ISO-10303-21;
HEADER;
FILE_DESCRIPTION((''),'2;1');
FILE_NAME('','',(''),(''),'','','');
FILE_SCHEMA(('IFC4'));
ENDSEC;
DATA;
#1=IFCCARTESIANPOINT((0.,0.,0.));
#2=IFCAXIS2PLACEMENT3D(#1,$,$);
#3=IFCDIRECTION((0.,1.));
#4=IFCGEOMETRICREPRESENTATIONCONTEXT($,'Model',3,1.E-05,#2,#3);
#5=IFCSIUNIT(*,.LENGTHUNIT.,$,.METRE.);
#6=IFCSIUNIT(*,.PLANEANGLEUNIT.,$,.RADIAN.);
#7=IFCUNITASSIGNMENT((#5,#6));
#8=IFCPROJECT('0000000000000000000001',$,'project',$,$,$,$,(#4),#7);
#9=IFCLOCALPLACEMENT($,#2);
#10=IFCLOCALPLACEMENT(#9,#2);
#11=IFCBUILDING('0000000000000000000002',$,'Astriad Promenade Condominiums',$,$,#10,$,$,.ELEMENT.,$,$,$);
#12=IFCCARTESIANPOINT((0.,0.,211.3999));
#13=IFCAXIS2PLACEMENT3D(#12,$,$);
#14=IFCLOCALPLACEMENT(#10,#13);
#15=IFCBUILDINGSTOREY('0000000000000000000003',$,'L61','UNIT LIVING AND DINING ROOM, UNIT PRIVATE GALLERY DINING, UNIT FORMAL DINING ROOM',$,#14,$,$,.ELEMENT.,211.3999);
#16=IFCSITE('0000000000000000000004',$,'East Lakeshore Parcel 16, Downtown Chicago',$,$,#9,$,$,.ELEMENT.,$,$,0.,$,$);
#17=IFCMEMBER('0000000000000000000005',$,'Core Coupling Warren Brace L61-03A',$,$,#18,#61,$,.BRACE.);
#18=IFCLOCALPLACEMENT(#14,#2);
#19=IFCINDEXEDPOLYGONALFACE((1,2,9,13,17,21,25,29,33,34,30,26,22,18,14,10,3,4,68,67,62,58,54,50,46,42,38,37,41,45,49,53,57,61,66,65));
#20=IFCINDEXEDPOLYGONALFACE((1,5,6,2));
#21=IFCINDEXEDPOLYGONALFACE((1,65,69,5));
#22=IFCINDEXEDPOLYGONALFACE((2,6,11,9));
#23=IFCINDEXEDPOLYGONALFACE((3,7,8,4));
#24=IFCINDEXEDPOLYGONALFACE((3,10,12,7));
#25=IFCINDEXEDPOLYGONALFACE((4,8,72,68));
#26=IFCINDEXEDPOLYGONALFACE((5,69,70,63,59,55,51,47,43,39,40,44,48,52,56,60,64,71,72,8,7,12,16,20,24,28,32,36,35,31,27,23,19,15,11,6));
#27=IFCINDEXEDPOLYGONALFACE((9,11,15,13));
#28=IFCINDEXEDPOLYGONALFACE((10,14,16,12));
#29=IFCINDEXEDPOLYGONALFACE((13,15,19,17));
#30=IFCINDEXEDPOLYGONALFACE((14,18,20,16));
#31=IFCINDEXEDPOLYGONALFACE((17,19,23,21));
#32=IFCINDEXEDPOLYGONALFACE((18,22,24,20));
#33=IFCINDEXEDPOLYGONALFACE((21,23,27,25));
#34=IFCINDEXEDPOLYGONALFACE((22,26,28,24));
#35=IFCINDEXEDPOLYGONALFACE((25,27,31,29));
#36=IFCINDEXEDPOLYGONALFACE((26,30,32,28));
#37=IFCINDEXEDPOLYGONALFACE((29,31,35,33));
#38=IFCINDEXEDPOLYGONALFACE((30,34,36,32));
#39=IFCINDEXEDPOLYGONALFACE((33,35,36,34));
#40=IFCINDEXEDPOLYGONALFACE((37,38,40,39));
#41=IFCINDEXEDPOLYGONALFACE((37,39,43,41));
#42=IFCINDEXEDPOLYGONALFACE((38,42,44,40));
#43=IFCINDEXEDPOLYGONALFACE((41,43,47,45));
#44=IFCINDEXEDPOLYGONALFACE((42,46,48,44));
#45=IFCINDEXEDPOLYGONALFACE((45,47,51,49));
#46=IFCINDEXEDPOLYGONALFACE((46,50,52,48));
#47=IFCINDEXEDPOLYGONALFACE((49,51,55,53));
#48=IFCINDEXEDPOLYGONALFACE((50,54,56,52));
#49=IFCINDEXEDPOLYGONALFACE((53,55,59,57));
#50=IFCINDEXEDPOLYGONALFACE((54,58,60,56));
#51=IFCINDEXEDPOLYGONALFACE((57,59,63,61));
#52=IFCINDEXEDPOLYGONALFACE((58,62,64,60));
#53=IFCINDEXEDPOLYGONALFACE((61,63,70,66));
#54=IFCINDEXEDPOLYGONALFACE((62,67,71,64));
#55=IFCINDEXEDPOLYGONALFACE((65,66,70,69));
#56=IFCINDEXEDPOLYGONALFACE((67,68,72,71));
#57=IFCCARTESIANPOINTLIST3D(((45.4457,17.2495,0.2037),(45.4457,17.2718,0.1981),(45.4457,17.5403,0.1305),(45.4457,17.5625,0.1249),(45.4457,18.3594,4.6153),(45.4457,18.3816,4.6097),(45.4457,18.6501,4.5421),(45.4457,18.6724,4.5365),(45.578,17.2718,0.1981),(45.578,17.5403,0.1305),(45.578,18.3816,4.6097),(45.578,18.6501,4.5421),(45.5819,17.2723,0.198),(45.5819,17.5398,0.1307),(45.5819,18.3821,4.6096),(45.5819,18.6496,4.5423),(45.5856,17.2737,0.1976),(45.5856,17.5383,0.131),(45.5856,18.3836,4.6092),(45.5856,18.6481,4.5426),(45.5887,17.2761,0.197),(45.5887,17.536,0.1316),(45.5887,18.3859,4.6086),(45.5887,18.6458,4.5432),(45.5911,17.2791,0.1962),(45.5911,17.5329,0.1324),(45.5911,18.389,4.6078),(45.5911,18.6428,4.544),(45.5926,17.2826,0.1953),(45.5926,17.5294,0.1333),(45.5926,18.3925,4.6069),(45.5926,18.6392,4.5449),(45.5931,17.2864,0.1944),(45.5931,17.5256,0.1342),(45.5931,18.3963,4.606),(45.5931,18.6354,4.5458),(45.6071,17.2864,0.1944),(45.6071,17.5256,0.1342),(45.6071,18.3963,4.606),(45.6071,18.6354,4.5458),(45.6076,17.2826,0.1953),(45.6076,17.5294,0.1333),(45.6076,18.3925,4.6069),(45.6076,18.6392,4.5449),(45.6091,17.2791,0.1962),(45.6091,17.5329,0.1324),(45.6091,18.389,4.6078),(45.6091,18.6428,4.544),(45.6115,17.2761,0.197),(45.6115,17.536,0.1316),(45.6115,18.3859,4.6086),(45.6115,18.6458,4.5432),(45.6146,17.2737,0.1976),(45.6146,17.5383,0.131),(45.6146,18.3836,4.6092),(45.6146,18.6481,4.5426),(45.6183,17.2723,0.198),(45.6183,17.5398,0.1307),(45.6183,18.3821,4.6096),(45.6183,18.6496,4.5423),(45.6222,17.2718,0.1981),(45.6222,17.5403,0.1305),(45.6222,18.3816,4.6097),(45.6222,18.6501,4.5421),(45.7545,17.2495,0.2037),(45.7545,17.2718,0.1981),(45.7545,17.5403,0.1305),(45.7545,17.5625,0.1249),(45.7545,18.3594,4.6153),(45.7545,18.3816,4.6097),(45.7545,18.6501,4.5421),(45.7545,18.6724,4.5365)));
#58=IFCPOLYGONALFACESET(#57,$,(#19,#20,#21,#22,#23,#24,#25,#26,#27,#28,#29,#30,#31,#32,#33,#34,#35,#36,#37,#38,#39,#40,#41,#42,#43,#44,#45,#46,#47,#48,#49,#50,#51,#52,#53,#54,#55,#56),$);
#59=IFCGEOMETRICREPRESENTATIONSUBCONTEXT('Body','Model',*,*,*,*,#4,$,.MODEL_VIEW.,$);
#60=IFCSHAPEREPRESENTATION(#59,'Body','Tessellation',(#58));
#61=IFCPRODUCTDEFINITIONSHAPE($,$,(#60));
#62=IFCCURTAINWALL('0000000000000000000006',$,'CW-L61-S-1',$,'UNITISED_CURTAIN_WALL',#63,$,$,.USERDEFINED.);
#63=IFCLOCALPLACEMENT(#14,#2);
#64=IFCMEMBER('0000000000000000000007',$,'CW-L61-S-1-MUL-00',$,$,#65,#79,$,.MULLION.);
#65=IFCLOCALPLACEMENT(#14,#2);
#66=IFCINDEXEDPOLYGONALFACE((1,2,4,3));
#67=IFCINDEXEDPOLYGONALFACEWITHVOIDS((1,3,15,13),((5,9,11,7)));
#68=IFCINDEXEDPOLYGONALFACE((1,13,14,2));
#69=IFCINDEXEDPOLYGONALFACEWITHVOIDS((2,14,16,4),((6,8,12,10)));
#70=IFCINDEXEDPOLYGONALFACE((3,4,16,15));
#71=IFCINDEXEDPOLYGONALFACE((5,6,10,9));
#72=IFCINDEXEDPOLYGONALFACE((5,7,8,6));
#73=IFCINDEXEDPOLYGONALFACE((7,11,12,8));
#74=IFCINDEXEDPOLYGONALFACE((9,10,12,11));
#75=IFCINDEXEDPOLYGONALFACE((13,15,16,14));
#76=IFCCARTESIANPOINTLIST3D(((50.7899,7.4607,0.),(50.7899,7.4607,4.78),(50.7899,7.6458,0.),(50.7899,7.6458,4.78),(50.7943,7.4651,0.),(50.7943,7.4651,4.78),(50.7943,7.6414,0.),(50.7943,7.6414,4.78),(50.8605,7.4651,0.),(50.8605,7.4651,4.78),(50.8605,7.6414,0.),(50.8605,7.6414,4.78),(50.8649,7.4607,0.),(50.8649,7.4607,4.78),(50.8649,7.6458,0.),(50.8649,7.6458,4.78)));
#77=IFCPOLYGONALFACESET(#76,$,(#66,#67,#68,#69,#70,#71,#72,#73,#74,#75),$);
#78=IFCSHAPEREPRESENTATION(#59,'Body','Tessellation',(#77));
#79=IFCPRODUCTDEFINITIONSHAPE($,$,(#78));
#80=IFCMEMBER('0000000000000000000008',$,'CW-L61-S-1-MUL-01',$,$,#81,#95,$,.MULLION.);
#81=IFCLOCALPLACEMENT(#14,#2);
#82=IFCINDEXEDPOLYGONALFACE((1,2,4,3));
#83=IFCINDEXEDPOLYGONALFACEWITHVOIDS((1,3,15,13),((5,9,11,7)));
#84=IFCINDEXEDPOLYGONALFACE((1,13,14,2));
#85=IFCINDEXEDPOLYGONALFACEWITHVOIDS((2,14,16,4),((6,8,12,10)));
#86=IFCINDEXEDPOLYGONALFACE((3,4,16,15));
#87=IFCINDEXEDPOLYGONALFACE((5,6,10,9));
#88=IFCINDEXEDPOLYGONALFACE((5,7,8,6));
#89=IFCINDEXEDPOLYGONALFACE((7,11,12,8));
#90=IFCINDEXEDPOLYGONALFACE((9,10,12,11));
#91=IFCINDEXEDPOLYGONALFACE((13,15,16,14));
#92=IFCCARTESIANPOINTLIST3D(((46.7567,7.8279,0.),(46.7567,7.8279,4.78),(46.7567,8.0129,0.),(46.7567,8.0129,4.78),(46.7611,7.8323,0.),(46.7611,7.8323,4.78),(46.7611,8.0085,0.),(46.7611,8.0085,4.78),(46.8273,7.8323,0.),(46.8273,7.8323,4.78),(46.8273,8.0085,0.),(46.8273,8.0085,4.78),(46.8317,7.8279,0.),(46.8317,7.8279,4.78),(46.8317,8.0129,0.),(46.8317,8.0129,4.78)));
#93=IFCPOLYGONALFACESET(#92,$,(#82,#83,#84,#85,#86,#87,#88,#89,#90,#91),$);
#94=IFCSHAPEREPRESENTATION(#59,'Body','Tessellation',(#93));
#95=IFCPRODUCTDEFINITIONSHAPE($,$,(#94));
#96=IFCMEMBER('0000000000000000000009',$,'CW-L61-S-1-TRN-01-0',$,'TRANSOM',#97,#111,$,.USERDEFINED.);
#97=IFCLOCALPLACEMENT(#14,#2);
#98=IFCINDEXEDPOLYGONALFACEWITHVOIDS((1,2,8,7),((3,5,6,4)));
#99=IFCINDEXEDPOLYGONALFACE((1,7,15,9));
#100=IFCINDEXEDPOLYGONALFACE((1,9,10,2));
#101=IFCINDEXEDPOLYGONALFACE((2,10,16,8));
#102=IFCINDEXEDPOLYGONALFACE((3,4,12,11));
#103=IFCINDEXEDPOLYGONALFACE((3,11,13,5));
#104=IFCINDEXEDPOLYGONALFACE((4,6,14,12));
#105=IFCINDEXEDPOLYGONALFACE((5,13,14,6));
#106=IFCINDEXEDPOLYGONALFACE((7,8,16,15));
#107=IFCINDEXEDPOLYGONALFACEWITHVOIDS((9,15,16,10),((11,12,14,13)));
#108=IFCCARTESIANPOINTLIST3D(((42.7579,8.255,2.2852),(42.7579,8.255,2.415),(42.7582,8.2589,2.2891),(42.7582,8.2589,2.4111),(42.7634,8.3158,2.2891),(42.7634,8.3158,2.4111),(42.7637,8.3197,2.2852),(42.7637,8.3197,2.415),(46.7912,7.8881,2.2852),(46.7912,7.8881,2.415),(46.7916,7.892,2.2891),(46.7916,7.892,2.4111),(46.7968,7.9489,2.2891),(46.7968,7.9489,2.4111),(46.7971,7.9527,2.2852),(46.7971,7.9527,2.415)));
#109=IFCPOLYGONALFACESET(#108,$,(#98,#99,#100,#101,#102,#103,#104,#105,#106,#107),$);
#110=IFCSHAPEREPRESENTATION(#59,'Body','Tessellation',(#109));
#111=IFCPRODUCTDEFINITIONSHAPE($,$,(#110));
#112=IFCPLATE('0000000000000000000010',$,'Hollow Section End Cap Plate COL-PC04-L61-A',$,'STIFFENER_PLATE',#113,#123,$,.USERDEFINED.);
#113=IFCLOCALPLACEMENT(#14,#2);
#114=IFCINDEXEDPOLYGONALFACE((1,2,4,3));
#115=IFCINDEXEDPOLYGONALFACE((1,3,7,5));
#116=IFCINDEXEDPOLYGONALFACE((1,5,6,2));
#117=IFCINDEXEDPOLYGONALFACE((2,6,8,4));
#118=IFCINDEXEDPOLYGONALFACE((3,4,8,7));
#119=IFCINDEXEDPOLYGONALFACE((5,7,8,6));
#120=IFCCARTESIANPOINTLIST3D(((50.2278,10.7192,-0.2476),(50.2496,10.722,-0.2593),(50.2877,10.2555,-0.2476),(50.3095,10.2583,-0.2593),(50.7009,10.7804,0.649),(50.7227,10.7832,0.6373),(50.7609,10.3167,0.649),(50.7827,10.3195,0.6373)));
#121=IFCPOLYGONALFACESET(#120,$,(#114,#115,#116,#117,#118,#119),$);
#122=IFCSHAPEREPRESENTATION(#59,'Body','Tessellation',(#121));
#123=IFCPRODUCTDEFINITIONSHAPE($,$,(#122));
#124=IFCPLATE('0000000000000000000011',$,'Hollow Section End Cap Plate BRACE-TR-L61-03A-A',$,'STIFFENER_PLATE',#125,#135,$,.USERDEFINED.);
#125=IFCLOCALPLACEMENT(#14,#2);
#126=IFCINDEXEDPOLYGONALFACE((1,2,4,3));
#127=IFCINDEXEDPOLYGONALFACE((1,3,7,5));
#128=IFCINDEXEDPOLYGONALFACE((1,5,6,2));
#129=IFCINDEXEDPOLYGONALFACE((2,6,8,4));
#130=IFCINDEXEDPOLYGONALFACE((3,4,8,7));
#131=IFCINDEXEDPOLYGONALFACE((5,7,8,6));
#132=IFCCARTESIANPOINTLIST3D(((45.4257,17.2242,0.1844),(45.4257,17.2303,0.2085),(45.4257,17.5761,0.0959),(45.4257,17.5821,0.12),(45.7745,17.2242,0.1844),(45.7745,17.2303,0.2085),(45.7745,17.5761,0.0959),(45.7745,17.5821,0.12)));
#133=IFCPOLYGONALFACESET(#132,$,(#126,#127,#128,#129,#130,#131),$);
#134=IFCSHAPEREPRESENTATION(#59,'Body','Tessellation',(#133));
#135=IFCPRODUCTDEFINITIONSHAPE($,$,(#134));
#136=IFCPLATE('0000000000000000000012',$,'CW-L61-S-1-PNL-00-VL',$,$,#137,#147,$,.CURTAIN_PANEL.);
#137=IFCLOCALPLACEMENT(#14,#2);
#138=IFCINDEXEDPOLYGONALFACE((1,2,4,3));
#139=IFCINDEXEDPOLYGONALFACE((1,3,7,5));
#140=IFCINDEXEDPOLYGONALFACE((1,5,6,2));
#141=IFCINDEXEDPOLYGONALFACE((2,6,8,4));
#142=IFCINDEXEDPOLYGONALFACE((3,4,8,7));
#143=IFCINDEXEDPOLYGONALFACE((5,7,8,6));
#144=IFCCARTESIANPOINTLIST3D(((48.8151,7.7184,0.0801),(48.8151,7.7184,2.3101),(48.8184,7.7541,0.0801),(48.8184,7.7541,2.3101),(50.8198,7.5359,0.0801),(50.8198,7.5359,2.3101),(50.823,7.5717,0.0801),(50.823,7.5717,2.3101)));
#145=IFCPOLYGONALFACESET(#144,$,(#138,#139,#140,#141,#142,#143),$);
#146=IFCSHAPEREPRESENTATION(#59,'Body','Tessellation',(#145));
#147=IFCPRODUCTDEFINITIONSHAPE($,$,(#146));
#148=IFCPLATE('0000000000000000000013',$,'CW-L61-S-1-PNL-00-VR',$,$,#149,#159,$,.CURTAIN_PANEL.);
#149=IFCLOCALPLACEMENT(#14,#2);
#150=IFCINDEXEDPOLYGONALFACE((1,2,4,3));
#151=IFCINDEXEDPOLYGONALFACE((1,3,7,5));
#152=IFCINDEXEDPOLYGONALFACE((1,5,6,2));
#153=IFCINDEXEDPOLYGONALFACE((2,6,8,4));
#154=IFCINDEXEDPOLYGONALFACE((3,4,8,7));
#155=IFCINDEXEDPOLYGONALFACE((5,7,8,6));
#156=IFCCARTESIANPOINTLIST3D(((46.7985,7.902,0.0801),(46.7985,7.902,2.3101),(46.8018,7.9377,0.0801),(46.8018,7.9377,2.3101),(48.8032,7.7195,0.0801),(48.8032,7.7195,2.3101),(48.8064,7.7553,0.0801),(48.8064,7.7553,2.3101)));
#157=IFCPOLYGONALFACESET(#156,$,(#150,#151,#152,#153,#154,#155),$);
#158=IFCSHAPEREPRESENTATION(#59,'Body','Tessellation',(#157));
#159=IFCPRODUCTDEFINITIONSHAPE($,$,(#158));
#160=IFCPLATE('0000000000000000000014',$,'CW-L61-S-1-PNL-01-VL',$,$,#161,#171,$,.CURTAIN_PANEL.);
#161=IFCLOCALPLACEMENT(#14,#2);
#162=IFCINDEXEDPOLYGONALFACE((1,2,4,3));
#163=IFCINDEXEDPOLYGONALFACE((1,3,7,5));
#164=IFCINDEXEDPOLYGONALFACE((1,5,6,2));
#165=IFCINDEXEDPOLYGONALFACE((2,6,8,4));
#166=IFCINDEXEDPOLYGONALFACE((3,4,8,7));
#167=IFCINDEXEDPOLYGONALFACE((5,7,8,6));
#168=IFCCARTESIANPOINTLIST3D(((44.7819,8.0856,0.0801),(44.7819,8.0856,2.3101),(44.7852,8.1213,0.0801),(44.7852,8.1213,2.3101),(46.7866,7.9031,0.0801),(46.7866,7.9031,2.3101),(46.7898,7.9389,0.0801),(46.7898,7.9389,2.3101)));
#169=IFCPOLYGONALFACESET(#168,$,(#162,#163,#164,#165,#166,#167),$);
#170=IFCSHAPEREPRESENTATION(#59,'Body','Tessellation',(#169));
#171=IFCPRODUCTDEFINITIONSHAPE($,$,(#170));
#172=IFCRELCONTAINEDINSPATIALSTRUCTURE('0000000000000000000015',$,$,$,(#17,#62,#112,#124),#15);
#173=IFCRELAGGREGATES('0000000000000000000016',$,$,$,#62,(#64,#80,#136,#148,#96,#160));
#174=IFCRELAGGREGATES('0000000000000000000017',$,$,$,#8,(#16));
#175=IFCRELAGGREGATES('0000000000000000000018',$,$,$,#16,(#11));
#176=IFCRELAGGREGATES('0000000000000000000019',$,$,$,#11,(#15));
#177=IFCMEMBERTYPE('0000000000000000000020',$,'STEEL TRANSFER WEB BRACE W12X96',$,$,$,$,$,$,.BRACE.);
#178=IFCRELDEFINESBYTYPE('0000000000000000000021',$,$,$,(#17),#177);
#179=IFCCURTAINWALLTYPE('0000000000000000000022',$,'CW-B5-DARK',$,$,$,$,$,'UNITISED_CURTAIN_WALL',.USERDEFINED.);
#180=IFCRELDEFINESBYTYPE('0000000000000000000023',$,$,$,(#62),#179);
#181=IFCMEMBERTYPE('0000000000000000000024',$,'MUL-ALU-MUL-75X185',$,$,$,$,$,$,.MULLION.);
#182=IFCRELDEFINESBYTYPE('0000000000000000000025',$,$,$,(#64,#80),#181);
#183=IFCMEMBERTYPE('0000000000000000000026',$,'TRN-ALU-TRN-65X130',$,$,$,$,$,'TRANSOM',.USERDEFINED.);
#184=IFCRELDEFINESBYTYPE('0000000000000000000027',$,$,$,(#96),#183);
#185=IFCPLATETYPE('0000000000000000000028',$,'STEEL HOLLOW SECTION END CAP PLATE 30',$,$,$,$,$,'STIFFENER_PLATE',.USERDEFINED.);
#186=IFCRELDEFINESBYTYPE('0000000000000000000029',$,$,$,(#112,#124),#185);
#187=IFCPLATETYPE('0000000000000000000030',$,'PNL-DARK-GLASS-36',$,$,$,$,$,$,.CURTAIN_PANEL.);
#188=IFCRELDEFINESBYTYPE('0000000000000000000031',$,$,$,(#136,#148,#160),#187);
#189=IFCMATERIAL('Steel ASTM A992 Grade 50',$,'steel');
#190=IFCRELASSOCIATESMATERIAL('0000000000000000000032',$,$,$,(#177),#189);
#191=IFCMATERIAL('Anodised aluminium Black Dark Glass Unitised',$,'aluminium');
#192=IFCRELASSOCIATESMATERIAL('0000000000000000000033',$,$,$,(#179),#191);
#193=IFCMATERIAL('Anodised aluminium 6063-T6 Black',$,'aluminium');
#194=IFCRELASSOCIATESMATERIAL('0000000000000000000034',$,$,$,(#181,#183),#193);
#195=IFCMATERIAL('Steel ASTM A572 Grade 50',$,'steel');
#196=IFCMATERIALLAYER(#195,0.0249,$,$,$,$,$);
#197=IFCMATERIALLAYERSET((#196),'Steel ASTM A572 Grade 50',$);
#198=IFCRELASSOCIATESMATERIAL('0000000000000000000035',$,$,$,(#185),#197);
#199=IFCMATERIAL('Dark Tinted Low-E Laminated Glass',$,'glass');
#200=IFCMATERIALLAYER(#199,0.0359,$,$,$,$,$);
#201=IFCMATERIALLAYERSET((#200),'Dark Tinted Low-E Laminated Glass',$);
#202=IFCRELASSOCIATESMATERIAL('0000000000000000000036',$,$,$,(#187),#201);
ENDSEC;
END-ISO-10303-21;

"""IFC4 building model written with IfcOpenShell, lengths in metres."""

from ifc_helpers import new_model, si_unit, direction, frame, origin, origin_2d, place, context, subcontext, project, spatial, rectangle, hollow_rectangle, i_section, extrude, source, transform, mapped, material, layer, layer_set, material_profile, profile_set, type_object, type_shapes, element, aggregate, save


model = new_model("IFC4")

# Units and contexts
model_context = context("Model", 3, precision=1e-05, world=origin(), true_north=direction((0.0, 1.0)))
body_context = subcontext(model_context, "Body", "Model", "MODEL_VIEW")
ifc_project = project(units=[si_unit("LENGTHUNIT", "METRE"), si_unit("PLANEANGLEUNIT", "RADIAN")], contexts=[model_context])

# Site, building, storey
site_placement = place(None, origin())
site = spatial("IfcSite", under=ifc_project, at=site_placement, Name="East Lakeshore Parcel 16, Downtown Chicago", CompositionType="ELEMENT", RefElevation=0.0)
building_placement = place(site_placement, origin())
building = spatial("IfcBuilding", under=site, at=building_placement, Name="Astriad Promenade Condominiums", CompositionType="ELEMENT")
storey_placement = place(building_placement, frame((0.0, 0.0, 211.3999)))
storey = spatial("IfcBuildingStorey", under=building, at=storey_placement, Name="L61", Description="UNIT LIVING AND DINING ROOM, UNIT PRIVATE GALLERY DINING, UNIT FORMAL DINING ROOM", CompositionType="ELEMENT", Elevation=211.3999)

# Shared definitions
ifc_material_1 = material(Name="Steel ASTM A992 Grade 50", Category="steel")

# Member
ifc_material_profile_1 = material_profile(ifc_material_1, i_section(OverallWidth=0.3088, OverallDepth=0.3228, WebThickness=0.0139, FlangeThickness=0.0229, FilletRadius=0.0151, at=origin_2d()), Name="W12X96")
ifc_profile_set_1 = profile_set([ifc_material_profile_1], Name="Steel ASTM A992 Grade 50")
member_type_1 = type_object("IfcMemberType", Name="STEEL TRANSFER WEB BRACE W12X96", PredefinedType="BRACE", material=ifc_profile_set_1)
shared_shape_1 = source(origin(), body_context, "Body", "SweptSolid", [
    extrude(i_section(OverallWidth=0.3088, OverallDepth=0.3228, WebThickness=0.0139, FlangeThickness=0.0229, FilletRadius=0.0151, at=origin_2d()), origin(), (0.0, 0.0, 1.0), 4.5491),
])
type_shapes(member_type_1, [shared_shape_1])
member_1_placement = place(storey_placement, frame((45.6001, 17.406, 0.1643), z_axis=(0.0, 0.243975, 0.969782), x_axis=(-1.0, 0.0, 0.0)))
element("IfcMember", 1, at=member_1_placement, inside=storey, type_object=member_type_1, Name="Core Coupling Warren Brace L61-03A", PredefinedType="BRACE", context=body_context, shape_type="MappedRepresentation", body=[
    mapped(shared_shape_1, transform((0.0, 0.0, 0.0), scale=1.0)),
])

# Curtain wall, members
ifc_material_2 = material(Name="Anodised aluminium Black Dark Glass Unitised", Category="aluminium")
curtain_wall_type = type_object("IfcCurtainWallType", Name="CW-B5-DARK", ElementType="UNITISED_CURTAIN_WALL", PredefinedType="USERDEFINED", material=ifc_material_2)
curtain_wall_placement = place(storey_placement, origin())
curtain_wall = element("IfcCurtainWall", 2, at=curtain_wall_placement, inside=storey, type_object=curtain_wall_type, Name="CW-L61-S-1", ObjectType="UNITISED_CURTAIN_WALL", PredefinedType="USERDEFINED")
ifc_material_3 = material(Name="Anodised aluminium 6063-T6 Black", Category="aluminium")
ifc_material_profile_2 = material_profile(ifc_material_3, hollow_rectangle(XDim=0.075, YDim=0.1851, WallThickness=0.0044, at=origin_2d()), Name="ALU-MUL-75X185")
ifc_profile_set_2 = profile_set([ifc_material_profile_2], Name="Anodised aluminium 6063-T6 Black")
member_type_2 = type_object("IfcMemberType", Name="MUL-ALU-MUL-75X185", PredefinedType="MULLION", material=ifc_profile_set_2)
shared_shape_2 = source(origin(), body_context, "Body", "SweptSolid", [
    extrude(hollow_rectangle(XDim=0.075, YDim=0.1851, WallThickness=0.0044, at=origin_2d()), origin(), (0.0, 0.0, 1.0), 4.78),
])
type_shapes(member_type_2, [shared_shape_2])
member_2_placement = place(storey_placement, frame((50.8274, 7.5532, 0.0), z_axis=(0.0, 0.0, 1.0), x_axis=(1.0, 0.0, 0.0)))
member_2 = element("IfcMember", 3, at=member_2_placement, type_object=member_type_2, Name="CW-L61-S-1-MUL-00", PredefinedType="MULLION", context=body_context, shape_type="MappedRepresentation", body=[
    mapped(shared_shape_2, transform((0.0, 0.0, 0.0), scale=1.0)),
])
member_3_placement = place(storey_placement, frame((46.7942, 7.9204, 0.0), z_axis=(0.0, 0.0, 1.0), x_axis=(1.0, 0.0, 0.0)))
member_3 = element("IfcMember", 4, at=member_3_placement, type_object=member_type_2, Name="CW-L61-S-1-MUL-01", PredefinedType="MULLION", context=body_context, shape_type="MappedRepresentation", body=[
    mapped(shared_shape_2, transform((0.0, 0.0, 0.0), scale=1.0)),
])
ifc_material_profile_3 = material_profile(ifc_material_3, hollow_rectangle(XDim=0.0649, YDim=0.1299, WallThickness=0.0039, at=origin_2d()), Name="ALU-TRN-65X130")
ifc_profile_set_3 = profile_set([ifc_material_profile_3], Name="Anodised aluminium 6063-T6 Black")
member_type_3 = type_object("IfcMemberType", Name="TRN-ALU-TRN-65X130", ElementType="TRANSOM", PredefinedType="USERDEFINED", material=ifc_profile_set_3)
shared_shape_3 = source(origin(), body_context, "Body", "SweptSolid", [
    extrude(hollow_rectangle(XDim=0.0649, YDim=0.1299, WallThickness=0.0039, at=origin_2d()), origin(), (0.0, 0.0, 1.0), 4.05),
])
type_shapes(member_type_3, [shared_shape_3])
member_4_placement = place(storey_placement, frame((46.7942, 7.9204, 2.3501), z_axis=(-0.995887, 0.090601, 0.0), x_axis=(-0.090601, -0.995887, 0.0)))
member_4 = element("IfcMember", 5, at=member_4_placement, type_object=member_type_3, Name="CW-L61-S-1-TRN-01-0", ObjectType="TRANSOM", PredefinedType="USERDEFINED", context=body_context, shape_type="MappedRepresentation", body=[
    mapped(shared_shape_3, transform((0.0, 0.0, 0.0), scale=1.0)),
])

# Plates
ifc_material_4 = material(Name="Steel ASTM A572 Grade 50", Category="steel")
ifc_layer_1 = layer(ifc_material_4, 0.0249)
ifc_layer_set_1 = layer_set([ifc_layer_1], Name="Steel ASTM A572 Grade 50")
plate_type_1 = type_object("IfcPlateType", Name="STEEL HOLLOW SECTION END CAP PLATE 30", ElementType="STIFFENER_PLATE", PredefinedType="USERDEFINED", material=ifc_layer_set_1)
shared_shape_4 = source(origin(), body_context, "Body", "SweptSolid", [
    extrude(rectangle(XDim=0.4675, YDim=1.0156, at=origin_2d()), origin(), (0.0, 0.0, 1.0), 0.0249),
])
plate_1_placement = place(storey_placement, frame((50.5161, 10.5208, 0.189), z_axis=(-0.875511, -0.113195, 0.469753), x_axis=(0.128223, -0.991745, 0.0)))
element("IfcPlate", 6, at=plate_1_placement, inside=storey, type_object=plate_type_1, Name="Hollow Section End Cap Plate COL-PC04-L61-A", ObjectType="STIFFENER_PLATE", PredefinedType="USERDEFINED", context=body_context, shape_type="MappedRepresentation", body=[
    mapped(shared_shape_4, transform((0.0, 0.0, 0.0), scale=1.0)),
])
shared_shape_5 = source(origin(), body_context, "Body", "SweptSolid", [
    extrude(rectangle(XDim=0.3489, YDim=0.3628, at=origin_2d()), origin(), (0.0, 0.0, 1.0), 0.0249),
])
type_shapes(plate_type_1, [shared_shape_4, shared_shape_5])
plate_2_placement = place(storey_placement, frame((45.6001, 17.4001, 0.1401), z_axis=(0.0, 0.243963, 0.969785), x_axis=(1.0, 0.0, 0.0)))
element("IfcPlate", 7, at=plate_2_placement, inside=storey, type_object=plate_type_1, Name="Hollow Section End Cap Plate BRACE-TR-L61-03A-A", ObjectType="STIFFENER_PLATE", PredefinedType="USERDEFINED", context=body_context, shape_type="MappedRepresentation", body=[
    mapped(shared_shape_5, transform((0.0, 0.0, 0.0), scale=1.0)),
])

# Plates
ifc_material_5 = material(Name="Dark Tinted Low-E Laminated Glass", Category="glass")
ifc_layer_2 = layer(ifc_material_5, 0.0359)
ifc_layer_set_2 = layer_set([ifc_layer_2], Name="Dark Tinted Low-E Laminated Glass")
plate_type_2 = type_object("IfcPlateType", Name="PNL-DARK-GLASS-36", PredefinedType="CURTAIN_PANEL", material=ifc_layer_set_2)
shared_shape_6 = source(origin(), body_context, "Body", "SweptSolid", [
    extrude(rectangle(XDim=2.0129, YDim=0.0359, at=origin_2d()), origin(), (0.0, 0.0, 1.0), 2.23),
])
plate_3_placement = place(storey_placement, frame((49.8191, 7.645, 0.0801), z_axis=(0.0, 0.0, 1.0), x_axis=(-0.995884, 0.090633, 0.0)))
plate_3 = element("IfcPlate", 8, at=plate_3_placement, type_object=plate_type_2, Name="CW-L61-S-1-PNL-00-VL", PredefinedType="CURTAIN_PANEL", context=body_context, shape_type="MappedRepresentation", body=[
    mapped(shared_shape_6, transform((0.0, 0.0, 0.0), scale=1.0)),
])
plate_4_placement = place(storey_placement, frame((47.8025, 7.8286, 0.0801), z_axis=(0.0, 0.0, 1.0), x_axis=(-0.995884, 0.090633, 0.0)))
plate_4 = element("IfcPlate", 9, at=plate_4_placement, type_object=plate_type_2, Name="CW-L61-S-1-PNL-00-VR", PredefinedType="CURTAIN_PANEL", context=body_context, shape_type="MappedRepresentation", body=[
    mapped(shared_shape_6, transform((0.0, 0.0, 0.0), scale=1.0)),
])
plate_5_placement = place(storey_placement, frame((45.7859, 8.0122, 0.0801), z_axis=(0.0, 0.0, 1.0), x_axis=(-0.995884, 0.090633, 0.0)))
plate_5 = element("IfcPlate", 10, at=plate_5_placement, type_object=plate_type_2, Name="CW-L61-S-1-PNL-01-VL", PredefinedType="CURTAIN_PANEL", context=body_context, shape_type="MappedRepresentation", body=[
    mapped(shared_shape_6, transform((0.0, 0.0, 0.0), scale=1.0)),
])
aggregate(curtain_wall, [member_2, member_3, plate_3, plate_4, member_4, plate_5])

save(model, "model.ifc")
